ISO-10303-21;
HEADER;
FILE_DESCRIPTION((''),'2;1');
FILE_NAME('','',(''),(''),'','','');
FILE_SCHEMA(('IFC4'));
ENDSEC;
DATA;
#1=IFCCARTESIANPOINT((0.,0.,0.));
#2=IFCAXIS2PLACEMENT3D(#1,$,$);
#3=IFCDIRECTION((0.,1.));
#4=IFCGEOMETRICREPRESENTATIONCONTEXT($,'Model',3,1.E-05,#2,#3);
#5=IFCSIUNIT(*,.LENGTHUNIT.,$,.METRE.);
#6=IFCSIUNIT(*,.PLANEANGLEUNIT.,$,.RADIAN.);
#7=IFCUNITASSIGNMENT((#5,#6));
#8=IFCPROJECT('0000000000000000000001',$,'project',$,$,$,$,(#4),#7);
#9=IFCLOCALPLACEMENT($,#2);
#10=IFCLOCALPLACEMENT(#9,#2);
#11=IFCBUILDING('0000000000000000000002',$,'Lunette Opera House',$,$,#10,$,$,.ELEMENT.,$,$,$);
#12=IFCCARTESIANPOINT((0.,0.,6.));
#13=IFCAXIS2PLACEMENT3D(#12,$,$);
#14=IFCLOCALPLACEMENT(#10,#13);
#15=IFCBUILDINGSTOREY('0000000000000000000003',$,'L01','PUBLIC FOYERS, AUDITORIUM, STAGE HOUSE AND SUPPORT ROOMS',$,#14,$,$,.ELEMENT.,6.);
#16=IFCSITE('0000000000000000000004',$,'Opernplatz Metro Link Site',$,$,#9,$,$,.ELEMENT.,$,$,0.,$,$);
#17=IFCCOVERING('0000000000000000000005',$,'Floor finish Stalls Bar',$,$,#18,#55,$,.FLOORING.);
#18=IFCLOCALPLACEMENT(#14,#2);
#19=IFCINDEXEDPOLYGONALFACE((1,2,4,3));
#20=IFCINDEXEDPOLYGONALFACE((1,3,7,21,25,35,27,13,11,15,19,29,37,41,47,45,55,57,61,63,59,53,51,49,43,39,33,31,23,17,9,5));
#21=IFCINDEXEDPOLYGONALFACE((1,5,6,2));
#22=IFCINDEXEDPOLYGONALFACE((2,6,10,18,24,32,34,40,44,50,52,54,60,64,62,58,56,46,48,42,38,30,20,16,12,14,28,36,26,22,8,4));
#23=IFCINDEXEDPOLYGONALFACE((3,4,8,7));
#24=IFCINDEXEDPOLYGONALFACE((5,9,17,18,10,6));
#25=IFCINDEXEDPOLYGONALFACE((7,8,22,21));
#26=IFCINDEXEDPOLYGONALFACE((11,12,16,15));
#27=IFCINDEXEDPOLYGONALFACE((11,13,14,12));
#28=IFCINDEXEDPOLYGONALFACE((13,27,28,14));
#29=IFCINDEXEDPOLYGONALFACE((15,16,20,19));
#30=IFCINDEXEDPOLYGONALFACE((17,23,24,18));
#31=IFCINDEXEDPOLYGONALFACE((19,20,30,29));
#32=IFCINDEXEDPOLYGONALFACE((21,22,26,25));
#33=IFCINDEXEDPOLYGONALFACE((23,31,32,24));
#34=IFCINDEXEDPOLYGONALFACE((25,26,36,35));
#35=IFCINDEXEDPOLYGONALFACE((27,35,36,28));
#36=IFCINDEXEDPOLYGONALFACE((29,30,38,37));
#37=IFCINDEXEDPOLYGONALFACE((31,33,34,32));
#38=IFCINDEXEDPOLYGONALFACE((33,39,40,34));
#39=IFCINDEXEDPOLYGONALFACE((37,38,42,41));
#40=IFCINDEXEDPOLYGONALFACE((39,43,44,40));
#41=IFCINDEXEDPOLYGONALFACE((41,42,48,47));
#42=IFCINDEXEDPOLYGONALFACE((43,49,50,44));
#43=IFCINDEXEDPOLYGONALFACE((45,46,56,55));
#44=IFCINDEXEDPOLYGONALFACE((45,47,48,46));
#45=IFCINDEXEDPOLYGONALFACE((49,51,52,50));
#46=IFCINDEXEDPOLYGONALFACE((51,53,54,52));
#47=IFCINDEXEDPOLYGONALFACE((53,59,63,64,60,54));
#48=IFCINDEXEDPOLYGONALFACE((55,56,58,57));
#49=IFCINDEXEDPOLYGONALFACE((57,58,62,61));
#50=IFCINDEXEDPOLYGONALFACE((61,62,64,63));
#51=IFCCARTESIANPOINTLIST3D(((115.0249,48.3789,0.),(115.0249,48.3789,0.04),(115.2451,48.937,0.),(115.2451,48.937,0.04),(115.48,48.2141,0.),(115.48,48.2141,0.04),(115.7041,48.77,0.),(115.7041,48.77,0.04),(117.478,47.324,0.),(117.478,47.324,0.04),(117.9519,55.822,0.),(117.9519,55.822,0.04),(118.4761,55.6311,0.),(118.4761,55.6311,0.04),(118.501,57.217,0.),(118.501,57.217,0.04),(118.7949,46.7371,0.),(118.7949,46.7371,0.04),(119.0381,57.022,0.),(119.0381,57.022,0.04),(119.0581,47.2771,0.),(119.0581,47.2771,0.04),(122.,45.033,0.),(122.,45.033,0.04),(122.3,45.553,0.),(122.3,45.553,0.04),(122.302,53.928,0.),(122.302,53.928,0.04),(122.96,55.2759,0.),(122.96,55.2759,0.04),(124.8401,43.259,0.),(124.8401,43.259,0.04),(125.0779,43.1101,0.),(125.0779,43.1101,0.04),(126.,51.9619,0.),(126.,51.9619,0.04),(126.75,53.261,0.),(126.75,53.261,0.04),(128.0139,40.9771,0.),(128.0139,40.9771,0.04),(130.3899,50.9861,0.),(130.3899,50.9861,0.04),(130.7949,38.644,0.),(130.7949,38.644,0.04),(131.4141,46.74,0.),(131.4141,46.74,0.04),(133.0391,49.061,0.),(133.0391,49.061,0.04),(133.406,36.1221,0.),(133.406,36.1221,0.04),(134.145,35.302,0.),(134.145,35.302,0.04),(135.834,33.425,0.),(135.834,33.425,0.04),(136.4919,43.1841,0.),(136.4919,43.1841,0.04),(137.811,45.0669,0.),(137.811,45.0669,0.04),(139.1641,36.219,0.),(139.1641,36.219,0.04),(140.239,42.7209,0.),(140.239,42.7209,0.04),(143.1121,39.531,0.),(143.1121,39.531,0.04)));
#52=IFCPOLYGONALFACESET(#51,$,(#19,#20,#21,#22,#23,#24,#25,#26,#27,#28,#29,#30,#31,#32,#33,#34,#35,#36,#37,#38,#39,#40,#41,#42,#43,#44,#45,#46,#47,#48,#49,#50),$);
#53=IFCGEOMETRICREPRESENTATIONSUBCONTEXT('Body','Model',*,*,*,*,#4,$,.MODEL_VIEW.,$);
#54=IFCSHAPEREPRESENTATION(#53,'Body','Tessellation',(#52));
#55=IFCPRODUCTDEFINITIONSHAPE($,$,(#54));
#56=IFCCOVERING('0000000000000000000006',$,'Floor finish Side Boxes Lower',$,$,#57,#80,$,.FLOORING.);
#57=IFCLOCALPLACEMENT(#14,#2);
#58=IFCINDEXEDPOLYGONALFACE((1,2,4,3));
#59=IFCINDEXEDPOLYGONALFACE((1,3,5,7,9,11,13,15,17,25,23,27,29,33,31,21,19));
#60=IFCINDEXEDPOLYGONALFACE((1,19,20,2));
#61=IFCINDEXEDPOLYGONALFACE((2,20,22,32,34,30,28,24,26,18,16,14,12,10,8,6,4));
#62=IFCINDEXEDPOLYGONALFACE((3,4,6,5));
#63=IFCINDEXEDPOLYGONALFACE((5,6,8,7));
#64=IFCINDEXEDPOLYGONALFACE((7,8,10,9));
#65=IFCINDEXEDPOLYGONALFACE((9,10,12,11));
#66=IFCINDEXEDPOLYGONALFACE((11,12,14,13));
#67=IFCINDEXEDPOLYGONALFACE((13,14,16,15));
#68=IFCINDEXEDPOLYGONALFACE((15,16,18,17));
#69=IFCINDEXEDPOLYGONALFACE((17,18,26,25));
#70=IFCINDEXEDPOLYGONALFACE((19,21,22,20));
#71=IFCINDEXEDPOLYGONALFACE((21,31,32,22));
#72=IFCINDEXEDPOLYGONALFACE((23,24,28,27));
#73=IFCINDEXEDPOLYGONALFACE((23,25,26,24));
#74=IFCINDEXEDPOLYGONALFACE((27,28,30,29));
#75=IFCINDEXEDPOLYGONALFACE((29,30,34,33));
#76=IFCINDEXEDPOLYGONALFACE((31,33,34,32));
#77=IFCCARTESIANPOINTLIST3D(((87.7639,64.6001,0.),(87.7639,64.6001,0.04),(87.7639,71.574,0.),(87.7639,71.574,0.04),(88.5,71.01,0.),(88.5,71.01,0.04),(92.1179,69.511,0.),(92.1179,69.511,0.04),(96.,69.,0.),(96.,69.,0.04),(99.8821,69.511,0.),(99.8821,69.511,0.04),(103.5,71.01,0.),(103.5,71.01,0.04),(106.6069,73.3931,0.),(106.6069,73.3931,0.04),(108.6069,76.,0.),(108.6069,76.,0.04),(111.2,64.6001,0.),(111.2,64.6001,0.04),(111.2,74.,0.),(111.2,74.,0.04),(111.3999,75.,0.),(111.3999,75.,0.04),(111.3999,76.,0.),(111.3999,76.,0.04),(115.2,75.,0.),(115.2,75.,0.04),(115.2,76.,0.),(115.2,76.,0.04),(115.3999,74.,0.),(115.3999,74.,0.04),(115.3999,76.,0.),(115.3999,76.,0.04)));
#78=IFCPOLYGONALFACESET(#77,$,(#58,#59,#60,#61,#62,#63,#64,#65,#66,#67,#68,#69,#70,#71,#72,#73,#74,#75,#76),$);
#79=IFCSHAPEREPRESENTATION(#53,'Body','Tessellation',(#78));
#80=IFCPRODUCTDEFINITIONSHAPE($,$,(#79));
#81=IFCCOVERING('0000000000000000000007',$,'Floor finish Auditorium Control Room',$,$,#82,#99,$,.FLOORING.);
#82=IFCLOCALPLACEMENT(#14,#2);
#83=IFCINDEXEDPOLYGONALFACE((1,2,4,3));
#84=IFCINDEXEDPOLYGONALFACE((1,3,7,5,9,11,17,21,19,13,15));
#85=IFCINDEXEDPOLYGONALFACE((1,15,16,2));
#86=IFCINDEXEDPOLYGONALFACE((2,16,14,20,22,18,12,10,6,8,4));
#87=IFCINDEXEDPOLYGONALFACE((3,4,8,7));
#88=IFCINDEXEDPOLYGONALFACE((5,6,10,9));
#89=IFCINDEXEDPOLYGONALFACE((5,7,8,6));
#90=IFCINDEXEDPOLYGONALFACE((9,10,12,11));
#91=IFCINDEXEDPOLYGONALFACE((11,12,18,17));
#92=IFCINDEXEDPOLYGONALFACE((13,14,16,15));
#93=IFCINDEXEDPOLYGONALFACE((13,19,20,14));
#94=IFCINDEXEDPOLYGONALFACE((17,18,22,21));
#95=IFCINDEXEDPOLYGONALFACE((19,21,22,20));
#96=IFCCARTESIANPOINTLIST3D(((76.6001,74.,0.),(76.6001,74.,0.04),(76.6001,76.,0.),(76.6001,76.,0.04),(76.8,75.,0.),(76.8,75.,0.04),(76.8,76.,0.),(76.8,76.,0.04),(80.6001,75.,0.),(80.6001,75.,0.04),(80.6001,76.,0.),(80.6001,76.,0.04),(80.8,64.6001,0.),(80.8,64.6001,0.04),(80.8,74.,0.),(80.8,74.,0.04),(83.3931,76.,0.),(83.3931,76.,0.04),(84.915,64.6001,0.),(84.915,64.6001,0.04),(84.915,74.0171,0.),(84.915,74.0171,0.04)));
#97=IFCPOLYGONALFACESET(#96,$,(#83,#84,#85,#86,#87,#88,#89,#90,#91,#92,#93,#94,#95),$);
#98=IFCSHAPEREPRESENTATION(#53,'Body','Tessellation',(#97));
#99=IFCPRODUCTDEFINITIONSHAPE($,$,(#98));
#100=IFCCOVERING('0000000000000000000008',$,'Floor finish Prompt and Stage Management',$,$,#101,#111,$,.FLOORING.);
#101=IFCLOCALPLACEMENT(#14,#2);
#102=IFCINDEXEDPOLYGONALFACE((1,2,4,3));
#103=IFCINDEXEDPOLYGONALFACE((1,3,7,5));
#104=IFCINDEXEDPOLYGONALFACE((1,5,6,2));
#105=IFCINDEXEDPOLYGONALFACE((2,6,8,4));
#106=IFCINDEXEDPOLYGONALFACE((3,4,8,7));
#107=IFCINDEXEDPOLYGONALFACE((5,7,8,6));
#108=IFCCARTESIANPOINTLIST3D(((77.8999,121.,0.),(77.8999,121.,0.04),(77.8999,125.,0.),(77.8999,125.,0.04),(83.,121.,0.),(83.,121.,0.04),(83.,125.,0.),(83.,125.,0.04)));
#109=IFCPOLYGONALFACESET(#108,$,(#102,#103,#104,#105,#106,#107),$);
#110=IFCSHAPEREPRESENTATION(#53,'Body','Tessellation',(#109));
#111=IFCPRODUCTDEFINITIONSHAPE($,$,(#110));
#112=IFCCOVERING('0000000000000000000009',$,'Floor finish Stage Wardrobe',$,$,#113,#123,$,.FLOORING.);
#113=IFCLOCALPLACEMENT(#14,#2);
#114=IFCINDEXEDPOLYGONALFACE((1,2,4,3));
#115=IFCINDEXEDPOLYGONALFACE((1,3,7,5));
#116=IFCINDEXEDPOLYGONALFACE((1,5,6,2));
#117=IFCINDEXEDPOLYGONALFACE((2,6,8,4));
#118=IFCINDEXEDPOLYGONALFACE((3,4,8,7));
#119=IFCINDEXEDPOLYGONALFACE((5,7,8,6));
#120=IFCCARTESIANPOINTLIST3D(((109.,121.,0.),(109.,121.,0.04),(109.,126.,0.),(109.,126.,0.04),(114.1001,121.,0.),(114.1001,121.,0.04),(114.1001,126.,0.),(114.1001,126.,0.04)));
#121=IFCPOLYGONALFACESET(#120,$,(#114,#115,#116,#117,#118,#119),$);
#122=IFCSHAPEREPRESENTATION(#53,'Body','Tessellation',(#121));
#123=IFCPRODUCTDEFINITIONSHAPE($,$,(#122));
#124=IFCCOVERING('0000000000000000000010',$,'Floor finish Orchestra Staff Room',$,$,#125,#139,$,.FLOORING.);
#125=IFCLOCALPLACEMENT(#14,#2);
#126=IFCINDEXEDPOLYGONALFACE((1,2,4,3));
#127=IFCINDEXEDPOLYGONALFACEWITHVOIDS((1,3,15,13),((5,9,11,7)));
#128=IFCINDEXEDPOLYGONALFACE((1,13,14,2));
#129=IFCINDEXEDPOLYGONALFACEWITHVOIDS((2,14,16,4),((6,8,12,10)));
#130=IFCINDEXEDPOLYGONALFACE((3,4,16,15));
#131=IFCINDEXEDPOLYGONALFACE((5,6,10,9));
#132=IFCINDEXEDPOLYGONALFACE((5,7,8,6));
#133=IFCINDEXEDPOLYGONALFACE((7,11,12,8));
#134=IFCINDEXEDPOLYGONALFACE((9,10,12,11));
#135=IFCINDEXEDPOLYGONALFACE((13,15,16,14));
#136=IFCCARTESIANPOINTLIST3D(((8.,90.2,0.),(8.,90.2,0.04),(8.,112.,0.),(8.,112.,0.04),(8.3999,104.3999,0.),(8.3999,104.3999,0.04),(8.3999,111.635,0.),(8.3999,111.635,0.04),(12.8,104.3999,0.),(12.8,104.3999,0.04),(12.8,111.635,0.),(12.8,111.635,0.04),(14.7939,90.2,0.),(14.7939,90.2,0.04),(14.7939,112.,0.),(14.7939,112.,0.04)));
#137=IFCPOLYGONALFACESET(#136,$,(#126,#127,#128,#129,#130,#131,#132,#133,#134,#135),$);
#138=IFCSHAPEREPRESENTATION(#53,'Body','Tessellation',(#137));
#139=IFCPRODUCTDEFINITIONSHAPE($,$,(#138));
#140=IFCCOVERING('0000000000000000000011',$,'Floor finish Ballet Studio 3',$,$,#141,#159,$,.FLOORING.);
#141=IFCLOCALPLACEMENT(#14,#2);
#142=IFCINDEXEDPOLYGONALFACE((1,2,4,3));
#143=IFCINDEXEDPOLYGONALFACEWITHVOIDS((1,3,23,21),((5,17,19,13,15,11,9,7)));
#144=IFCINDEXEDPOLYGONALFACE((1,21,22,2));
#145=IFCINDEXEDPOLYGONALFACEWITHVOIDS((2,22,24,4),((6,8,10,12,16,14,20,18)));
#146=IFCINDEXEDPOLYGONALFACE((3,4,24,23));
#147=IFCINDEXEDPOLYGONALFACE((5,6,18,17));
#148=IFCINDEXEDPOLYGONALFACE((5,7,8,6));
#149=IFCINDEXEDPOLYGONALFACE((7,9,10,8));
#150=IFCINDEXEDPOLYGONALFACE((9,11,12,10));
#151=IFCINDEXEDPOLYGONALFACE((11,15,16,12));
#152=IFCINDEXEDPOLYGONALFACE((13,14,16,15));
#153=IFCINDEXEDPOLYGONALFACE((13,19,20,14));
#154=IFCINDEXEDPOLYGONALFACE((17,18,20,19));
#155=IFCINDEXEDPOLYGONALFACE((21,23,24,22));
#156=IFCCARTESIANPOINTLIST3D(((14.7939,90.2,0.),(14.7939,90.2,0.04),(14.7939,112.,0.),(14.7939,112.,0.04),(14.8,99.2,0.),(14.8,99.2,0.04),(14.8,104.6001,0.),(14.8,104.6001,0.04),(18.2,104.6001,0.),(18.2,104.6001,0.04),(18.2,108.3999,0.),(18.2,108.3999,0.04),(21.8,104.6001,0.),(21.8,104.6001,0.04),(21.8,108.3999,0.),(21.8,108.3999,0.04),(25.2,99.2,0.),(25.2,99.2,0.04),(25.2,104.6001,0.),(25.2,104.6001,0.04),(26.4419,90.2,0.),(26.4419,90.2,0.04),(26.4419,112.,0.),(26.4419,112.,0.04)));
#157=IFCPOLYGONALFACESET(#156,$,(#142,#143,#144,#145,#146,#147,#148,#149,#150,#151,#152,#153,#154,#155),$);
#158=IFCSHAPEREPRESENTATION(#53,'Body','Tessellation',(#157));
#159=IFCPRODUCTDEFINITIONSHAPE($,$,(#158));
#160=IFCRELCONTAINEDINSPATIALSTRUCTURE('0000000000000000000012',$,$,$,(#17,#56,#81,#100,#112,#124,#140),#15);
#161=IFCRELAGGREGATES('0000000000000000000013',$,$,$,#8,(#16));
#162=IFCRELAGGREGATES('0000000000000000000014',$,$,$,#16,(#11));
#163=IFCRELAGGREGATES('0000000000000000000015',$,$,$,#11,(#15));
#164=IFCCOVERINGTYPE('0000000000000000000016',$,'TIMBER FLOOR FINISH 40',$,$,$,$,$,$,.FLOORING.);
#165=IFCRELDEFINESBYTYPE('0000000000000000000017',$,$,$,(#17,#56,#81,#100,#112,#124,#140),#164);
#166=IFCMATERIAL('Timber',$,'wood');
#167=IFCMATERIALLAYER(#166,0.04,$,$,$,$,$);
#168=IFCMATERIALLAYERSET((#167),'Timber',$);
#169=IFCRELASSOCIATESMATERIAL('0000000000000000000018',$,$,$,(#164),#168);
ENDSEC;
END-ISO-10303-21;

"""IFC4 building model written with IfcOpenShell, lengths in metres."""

from ifc_helpers import new_model, si_unit, direction, frame, origin, place, context, subcontext, project, spatial, polyline, outline, extrude, material, layer, layer_set, type_object, element, save


model = new_model("IFC4")

# Units and contexts
model_context = context("Model", 3, precision=1e-05, world=origin(), true_north=direction((0.0, 1.0)))
body_context = subcontext(model_context, "Body", "Model", "MODEL_VIEW")
ifc_project = project(units=[si_unit("LENGTHUNIT", "METRE"), si_unit("PLANEANGLEUNIT", "RADIAN")], contexts=[model_context])

# Site, building, storey
site_placement = place(None, origin())
site = spatial("IfcSite", under=ifc_project, at=site_placement, Name="Opernplatz Metro Link Site", CompositionType="ELEMENT", RefElevation=0.0)
building_placement = place(site_placement, origin())
building = spatial("IfcBuilding", under=site, at=building_placement, Name="Lunette Opera House", CompositionType="ELEMENT")
storey_placement = place(building_placement, frame((0.0, 0.0, 6.0)))
storey = spatial("IfcBuildingStorey", under=building, at=storey_placement, Name="L01", Description="PUBLIC FOYERS, AUDITORIUM, STAGE HOUSE AND SUPPORT ROOMS", CompositionType="ELEMENT", Elevation=6.0)

# Coverings
ifc_material_1 = material(Name="Timber", Category="wood")
ifc_layer_1 = layer(ifc_material_1, 0.04)
ifc_layer_set_1 = layer_set([ifc_layer_1], Name="Timber")
covering_type_1 = type_object("IfcCoveringType", Name="TIMBER FLOOR FINISH 40", PredefinedType="FLOORING", material=ifc_layer_set_1)
covering_1_placement = place(storey_placement, origin())
element("IfcCovering", 1, at=covering_1_placement, inside=storey, type_object=covering_type_1, Name="Floor finish Stalls Bar", PredefinedType="FLOORING", context=body_context, shape_type="SweptSolid", body=[
    extrude(outline(polyline([(119.0581, 47.2771), (122.3, 45.553), (126.0, 51.9619), (122.302, 53.928), (118.4761, 55.6311), (117.9519, 55.822), (118.501, 57.217), (119.0381, 57.022), (122.96, 55.2759), (126.75, 53.261), (130.3899, 50.9861), (133.0391, 49.061), (131.4141, 46.74), (136.4919, 43.1841), (137.811, 45.0669), (140.239, 42.7209), (143.1121, 39.531), (139.1641, 36.219), (135.834, 33.425), (134.145, 35.302), (133.406, 36.1221), (130.7949, 38.644), (128.0139, 40.9771), (125.0779, 43.1101), (124.8401, 43.259), (122.0, 45.033), (118.7949, 46.7371), (117.478, 47.324), (115.48, 48.2141), (115.0249, 48.3789), (115.2451, 48.937), (115.7041, 48.77), (119.0581, 47.2771)])), origin(), (0.0, 0.0, 1.0), 0.04),
])
covering_2_placement = place(storey_placement, origin())
element("IfcCovering", 2, at=covering_2_placement, inside=storey, type_object=covering_type_1, Name="Floor finish Side Boxes Lower", PredefinedType="FLOORING", context=body_context, shape_type="SweptSolid", body=[
    extrude(outline(polyline([(87.7639, 64.6001), (87.7639, 71.574), (88.5, 71.01), (92.1179, 69.511), (96.0, 69.0), (99.8821, 69.511), (103.5, 71.01), (106.6069, 73.3931), (108.6069, 76.0), (111.3999, 76.0), (111.3999, 75.0), (115.2, 75.0), (115.2, 76.0), (115.3999, 76.0), (115.3999, 74.0), (111.2, 74.0), (111.2, 64.6001), (87.7639, 64.6001)])), origin(), (0.0, 0.0, 1.0), 0.04),
])
covering_3_placement = place(storey_placement, origin())
element("IfcCovering", 3, at=covering_3_placement, inside=storey, type_object=covering_type_1, Name="Floor finish Auditorium Control Room", PredefinedType="FLOORING", context=body_context, shape_type="SweptSolid", body=[
    extrude(outline(polyline([(76.6001, 74.0), (76.6001, 76.0), (76.8, 76.0), (76.8, 75.0), (80.6001, 75.0), (80.6001, 76.0), (83.3931, 76.0), (84.915, 74.0171), (84.915, 64.6001), (80.8, 64.6001), (80.8, 74.0), (76.6001, 74.0)])), origin(), (0.0, 0.0, 1.0), 0.04),
])
covering_4_placement = place(storey_placement, origin())
element("IfcCovering", 4, at=covering_4_placement, inside=storey, type_object=covering_type_1, Name="Floor finish Prompt and Stage Management", PredefinedType="FLOORING", context=body_context, shape_type="SweptSolid", body=[
    extrude(outline(polyline([(77.8999, 125.0), (83.0, 125.0), (83.0, 121.0), (77.8999, 121.0), (77.8999, 125.0)])), origin(), (0.0, 0.0, 1.0), 0.04),
])
covering_5_placement = place(storey_placement, origin())
element("IfcCovering", 5, at=covering_5_placement, inside=storey, type_object=covering_type_1, Name="Floor finish Stage Wardrobe", PredefinedType="FLOORING", context=body_context, shape_type="SweptSolid", body=[
    extrude(outline(polyline([(109.0, 126.0), (114.1001, 126.0), (114.1001, 121.0), (109.0, 121.0), (109.0, 126.0)])), origin(), (0.0, 0.0, 1.0), 0.04),
])
covering_6_placement = place(storey_placement, origin())
element("IfcCovering", 6, at=covering_6_placement, inside=storey, type_object=covering_type_1, Name="Floor finish Orchestra Staff Room", PredefinedType="FLOORING", context=body_context, shape_type="SweptSolid", body=[
    extrude(outline(polyline([(8.0, 90.2), (8.0, 112.0), (14.7939, 112.0), (14.7939, 90.2), (8.0, 90.2)]), holes=[polyline([(8.3999, 104.3999), (12.8, 104.3999), (12.8, 111.635), (8.3999, 111.635), (8.3999, 104.3999)])]), origin(), (0.0, 0.0, 1.0), 0.04),
])
covering_7_placement = place(storey_placement, origin())
element("IfcCovering", 7, at=covering_7_placement, inside=storey, type_object=covering_type_1, Name="Floor finish Ballet Studio 3", PredefinedType="FLOORING", context=body_context, shape_type="SweptSolid", body=[
    extrude(outline(polyline([(14.7939, 90.2), (14.7939, 112.0), (26.4419, 112.0), (26.4419, 90.2), (14.7939, 90.2)]), holes=[polyline([(25.2, 99.2), (25.2, 104.6001), (21.8, 104.6001), (21.8, 108.3999), (18.2, 108.3999), (18.2, 104.6001), (14.8, 104.6001), (14.8, 99.2), (25.2, 99.2)])]), origin(), (0.0, 0.0, 1.0), 0.04),
])

save(model, "model.ifc")
